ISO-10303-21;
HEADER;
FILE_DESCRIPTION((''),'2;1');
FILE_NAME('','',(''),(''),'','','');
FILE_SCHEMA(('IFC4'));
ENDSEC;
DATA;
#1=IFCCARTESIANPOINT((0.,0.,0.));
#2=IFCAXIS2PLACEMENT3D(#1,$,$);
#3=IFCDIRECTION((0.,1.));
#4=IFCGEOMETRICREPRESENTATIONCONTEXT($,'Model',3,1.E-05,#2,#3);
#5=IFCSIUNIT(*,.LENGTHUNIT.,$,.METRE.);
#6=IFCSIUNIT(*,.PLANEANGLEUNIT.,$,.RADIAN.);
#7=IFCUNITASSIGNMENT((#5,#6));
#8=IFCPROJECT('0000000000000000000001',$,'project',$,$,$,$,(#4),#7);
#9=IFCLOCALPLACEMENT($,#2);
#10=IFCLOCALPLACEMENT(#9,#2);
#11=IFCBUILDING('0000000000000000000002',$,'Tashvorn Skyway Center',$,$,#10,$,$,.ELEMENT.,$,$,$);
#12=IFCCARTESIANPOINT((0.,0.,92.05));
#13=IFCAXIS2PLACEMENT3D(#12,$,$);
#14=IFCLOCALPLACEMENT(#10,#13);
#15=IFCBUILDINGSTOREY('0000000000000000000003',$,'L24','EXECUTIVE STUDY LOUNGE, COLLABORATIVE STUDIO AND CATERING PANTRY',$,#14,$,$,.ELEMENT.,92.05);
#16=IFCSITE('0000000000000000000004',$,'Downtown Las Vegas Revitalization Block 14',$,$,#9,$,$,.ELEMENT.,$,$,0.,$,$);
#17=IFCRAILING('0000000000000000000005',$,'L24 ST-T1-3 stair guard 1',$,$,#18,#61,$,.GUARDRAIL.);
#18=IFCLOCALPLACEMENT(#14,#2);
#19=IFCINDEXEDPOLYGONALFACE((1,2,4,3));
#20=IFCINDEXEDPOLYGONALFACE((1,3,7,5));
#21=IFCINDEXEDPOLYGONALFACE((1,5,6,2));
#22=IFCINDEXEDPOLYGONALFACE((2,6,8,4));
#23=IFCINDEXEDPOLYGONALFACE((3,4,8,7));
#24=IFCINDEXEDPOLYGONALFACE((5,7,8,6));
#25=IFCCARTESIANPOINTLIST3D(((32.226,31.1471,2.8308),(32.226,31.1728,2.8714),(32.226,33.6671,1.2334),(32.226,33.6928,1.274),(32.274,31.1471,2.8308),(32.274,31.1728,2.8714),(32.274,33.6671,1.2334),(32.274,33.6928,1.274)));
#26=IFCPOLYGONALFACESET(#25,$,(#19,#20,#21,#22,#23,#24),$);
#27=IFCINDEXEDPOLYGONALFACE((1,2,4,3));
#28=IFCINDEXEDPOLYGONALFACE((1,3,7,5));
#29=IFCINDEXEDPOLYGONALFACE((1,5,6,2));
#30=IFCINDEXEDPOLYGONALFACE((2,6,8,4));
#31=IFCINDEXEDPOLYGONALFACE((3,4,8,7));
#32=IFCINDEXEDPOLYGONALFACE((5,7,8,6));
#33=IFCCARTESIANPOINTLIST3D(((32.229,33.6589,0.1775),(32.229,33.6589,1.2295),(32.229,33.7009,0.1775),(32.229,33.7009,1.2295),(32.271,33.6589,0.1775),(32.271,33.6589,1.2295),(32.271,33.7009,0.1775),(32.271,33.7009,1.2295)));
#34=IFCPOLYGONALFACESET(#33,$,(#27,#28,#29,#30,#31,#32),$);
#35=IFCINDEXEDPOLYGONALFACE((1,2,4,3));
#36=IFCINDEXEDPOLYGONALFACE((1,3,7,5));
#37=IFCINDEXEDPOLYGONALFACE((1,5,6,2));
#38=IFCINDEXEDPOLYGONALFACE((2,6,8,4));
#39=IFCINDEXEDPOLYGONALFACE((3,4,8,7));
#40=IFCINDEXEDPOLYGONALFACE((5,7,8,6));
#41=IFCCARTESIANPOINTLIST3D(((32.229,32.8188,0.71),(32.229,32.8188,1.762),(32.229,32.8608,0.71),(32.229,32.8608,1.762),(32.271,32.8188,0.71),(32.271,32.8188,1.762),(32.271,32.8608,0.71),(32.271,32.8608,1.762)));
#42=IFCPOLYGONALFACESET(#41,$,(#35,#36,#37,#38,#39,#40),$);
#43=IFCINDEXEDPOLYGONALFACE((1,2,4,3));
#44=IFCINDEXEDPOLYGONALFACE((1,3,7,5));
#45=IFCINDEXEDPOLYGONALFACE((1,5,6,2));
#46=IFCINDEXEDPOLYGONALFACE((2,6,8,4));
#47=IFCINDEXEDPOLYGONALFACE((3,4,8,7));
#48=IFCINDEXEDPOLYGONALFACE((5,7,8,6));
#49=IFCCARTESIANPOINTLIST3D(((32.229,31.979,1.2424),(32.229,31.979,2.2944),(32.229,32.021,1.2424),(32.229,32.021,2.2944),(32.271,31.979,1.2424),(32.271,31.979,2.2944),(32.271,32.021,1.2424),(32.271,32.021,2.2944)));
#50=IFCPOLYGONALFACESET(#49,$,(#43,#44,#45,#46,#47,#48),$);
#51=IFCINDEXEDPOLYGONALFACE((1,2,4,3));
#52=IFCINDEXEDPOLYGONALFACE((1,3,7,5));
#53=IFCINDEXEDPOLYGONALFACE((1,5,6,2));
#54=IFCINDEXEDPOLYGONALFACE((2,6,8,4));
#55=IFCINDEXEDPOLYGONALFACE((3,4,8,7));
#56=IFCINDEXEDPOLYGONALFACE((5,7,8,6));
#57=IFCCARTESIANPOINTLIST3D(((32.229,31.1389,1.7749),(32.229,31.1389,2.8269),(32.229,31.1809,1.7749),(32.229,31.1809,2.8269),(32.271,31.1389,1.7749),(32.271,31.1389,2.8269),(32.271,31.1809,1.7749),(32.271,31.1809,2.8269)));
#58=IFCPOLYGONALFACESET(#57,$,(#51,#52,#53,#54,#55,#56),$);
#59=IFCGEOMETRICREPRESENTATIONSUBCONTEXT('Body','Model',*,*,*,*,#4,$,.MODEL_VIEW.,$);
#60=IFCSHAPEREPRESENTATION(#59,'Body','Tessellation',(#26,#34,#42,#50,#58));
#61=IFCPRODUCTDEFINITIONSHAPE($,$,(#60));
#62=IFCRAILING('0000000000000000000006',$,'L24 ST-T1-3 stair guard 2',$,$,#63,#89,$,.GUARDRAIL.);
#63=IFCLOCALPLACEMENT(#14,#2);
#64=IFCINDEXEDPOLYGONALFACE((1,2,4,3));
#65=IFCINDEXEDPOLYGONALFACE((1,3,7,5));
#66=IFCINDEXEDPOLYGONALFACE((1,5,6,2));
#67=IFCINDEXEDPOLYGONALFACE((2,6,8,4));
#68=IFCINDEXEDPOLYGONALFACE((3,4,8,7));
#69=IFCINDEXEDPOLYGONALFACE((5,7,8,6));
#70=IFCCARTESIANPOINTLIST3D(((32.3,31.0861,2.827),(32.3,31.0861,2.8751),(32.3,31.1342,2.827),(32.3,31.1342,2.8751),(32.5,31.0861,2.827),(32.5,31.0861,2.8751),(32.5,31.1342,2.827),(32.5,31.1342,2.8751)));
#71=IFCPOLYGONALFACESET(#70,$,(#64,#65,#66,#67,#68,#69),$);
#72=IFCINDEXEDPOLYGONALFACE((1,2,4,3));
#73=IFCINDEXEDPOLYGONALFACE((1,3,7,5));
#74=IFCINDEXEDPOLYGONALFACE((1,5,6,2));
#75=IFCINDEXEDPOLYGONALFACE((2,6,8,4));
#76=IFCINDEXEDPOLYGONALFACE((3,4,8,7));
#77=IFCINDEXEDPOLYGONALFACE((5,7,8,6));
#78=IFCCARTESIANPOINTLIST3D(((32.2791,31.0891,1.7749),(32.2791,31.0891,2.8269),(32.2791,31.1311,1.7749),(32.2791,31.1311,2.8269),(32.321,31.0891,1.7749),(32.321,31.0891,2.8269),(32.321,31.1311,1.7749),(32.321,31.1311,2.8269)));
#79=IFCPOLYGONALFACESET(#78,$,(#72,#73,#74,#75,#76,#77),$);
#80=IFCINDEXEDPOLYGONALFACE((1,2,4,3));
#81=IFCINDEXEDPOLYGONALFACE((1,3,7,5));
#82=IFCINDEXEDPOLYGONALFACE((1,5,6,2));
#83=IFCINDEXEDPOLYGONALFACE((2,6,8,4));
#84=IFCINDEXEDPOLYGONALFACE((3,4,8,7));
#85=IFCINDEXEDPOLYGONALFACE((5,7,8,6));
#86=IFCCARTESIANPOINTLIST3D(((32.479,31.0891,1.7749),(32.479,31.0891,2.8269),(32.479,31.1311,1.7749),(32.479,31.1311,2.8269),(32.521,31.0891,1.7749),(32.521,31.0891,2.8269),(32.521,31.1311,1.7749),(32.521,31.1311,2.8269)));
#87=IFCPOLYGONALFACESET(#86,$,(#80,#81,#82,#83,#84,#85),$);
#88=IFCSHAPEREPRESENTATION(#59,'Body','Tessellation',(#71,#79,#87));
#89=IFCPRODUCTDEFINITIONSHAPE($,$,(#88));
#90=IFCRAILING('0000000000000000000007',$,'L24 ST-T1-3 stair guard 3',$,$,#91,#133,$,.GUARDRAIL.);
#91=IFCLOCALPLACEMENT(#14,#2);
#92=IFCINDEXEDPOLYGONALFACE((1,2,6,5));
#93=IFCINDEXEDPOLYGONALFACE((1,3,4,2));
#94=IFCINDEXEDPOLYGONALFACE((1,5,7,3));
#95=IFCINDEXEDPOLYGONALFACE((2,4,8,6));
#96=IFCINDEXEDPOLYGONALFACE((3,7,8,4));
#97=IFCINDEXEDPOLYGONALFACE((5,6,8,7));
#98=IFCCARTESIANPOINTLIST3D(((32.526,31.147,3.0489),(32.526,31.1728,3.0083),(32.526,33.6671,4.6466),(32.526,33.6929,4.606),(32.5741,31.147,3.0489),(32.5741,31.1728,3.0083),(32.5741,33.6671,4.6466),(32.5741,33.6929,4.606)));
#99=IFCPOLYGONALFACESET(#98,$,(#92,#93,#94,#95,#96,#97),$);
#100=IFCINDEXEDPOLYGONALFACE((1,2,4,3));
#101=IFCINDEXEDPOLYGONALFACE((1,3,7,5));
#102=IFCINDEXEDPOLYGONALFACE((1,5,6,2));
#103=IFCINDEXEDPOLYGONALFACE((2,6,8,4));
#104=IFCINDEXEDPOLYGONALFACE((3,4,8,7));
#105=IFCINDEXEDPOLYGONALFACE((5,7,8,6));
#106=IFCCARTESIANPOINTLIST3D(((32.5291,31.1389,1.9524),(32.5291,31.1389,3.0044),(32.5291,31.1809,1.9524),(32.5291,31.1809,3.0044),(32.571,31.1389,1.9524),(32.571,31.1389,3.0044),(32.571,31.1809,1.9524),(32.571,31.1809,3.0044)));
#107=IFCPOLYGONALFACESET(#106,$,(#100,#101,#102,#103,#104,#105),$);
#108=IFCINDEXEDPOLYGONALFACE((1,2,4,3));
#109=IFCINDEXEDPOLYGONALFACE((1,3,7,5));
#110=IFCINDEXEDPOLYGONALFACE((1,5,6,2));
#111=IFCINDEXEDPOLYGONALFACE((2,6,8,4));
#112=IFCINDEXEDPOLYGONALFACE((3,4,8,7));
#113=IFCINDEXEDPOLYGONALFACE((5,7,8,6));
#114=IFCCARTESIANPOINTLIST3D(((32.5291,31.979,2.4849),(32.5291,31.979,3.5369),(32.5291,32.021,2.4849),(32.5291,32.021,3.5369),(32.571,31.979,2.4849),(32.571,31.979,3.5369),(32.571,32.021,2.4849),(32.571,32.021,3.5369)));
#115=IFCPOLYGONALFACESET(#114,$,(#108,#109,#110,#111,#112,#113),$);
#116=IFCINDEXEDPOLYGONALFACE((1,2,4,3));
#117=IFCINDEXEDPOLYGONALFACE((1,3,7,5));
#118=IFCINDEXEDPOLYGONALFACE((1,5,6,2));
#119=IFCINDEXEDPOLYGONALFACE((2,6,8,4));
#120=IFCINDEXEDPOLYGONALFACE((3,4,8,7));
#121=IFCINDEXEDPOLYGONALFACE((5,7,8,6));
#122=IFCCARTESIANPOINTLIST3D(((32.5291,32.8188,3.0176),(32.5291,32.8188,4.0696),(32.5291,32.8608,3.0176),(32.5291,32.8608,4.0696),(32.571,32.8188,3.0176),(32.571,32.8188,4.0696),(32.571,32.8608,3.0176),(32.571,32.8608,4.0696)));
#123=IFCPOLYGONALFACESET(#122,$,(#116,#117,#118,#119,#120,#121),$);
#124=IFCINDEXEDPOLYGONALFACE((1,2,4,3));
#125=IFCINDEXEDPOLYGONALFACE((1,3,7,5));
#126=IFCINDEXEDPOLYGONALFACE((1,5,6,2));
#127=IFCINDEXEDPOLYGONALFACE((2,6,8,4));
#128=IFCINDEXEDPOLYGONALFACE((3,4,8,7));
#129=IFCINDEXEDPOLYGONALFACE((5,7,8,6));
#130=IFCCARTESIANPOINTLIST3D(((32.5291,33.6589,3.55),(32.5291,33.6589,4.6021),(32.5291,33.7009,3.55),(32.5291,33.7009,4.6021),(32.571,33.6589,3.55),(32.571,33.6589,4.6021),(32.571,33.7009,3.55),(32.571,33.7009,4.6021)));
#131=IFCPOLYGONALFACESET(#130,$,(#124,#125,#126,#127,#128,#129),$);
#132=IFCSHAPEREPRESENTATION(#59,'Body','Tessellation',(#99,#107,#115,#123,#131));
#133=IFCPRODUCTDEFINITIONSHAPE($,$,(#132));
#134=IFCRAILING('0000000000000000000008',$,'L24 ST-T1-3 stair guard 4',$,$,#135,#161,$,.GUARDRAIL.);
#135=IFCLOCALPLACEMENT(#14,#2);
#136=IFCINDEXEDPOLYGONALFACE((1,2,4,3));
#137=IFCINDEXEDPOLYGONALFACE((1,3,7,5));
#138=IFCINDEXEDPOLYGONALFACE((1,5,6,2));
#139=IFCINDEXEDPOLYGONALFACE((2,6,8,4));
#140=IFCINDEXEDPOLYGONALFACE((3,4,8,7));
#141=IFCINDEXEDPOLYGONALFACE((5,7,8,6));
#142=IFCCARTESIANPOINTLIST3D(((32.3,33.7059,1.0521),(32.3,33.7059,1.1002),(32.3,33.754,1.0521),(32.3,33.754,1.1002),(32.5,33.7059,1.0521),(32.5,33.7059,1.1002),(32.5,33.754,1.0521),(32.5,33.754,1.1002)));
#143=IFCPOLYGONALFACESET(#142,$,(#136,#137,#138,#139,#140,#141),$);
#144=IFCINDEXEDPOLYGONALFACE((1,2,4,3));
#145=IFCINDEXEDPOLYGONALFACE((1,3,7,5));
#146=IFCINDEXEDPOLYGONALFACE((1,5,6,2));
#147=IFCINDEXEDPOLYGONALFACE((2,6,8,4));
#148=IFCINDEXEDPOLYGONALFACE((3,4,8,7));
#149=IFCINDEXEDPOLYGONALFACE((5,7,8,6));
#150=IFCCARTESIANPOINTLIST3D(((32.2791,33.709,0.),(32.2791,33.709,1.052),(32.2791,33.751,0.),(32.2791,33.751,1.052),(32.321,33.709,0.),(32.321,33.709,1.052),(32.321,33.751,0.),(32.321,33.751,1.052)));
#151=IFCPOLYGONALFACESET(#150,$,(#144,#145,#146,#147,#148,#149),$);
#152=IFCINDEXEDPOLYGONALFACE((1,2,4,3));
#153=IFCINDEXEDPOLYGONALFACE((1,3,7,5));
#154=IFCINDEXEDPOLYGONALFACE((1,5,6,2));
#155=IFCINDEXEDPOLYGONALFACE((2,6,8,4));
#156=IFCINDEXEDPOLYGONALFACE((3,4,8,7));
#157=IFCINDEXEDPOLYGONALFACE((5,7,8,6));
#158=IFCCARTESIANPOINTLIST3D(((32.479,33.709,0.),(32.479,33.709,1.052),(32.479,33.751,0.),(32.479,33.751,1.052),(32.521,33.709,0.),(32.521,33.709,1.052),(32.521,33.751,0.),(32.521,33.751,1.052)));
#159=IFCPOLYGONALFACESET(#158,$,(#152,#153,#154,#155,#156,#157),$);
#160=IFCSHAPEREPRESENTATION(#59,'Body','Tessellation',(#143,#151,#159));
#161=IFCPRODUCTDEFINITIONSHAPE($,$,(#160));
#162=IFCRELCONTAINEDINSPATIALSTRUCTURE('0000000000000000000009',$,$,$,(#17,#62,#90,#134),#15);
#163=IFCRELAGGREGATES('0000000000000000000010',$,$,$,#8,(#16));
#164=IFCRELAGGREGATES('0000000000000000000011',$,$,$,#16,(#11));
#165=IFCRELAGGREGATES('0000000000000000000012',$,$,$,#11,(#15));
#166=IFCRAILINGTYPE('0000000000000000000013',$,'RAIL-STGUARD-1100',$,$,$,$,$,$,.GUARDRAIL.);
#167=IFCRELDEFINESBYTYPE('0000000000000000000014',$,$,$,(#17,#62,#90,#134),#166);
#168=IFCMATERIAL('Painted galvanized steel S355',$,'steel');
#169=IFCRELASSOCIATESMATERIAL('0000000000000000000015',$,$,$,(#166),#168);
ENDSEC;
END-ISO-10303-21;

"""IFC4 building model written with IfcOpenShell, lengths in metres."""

from ifc_helpers import new_model, si_unit, direction, frame, origin, origin_2d, place, context, subcontext, project, spatial, rectangle, extrude, material, type_object, element, save


model = new_model("IFC4")

# Units and contexts
model_context = context("Model", 3, precision=1e-05, world=origin(), true_north=direction((0.0, 1.0)))
body_context = subcontext(model_context, "Body", "Model", "MODEL_VIEW")
ifc_project = project(units=[si_unit("LENGTHUNIT", "METRE"), si_unit("PLANEANGLEUNIT", "RADIAN")], contexts=[model_context])

# Site, building, storey
site_placement = place(None, origin())
site = spatial("IfcSite", under=ifc_project, at=site_placement, Name="Downtown Las Vegas Revitalization Block 14", CompositionType="ELEMENT", RefElevation=0.0)
building_placement = place(site_placement, origin())
building = spatial("IfcBuilding", under=site, at=building_placement, Name="Tashvorn Skyway Center", CompositionType="ELEMENT")
storey_placement = place(building_placement, frame((0.0, 0.0, 92.05)))
storey = spatial("IfcBuildingStorey", under=building, at=storey_placement, Name="L24", Description="EXECUTIVE STUDY LOUNGE, COLLABORATIVE STUDIO AND CATERING PANTRY", CompositionType="ELEMENT", Elevation=92.05)

# Railings
ifc_material_1 = material(Name="Painted galvanized steel S355", Category="steel")
railing_type_1 = type_object("IfcRailingType", Name="RAIL-STGUARD-1100", PredefinedType="GUARDRAIL", material=ifc_material_1)
railing_1_placement = place(storey_placement, frame((32.25, 33.6799, 0.1775)))
element("IfcRailing", 1, at=railing_1_placement, inside=storey, type_object=railing_type_1, Name="L24 ST-T1-3 stair guard 1", PredefinedType="GUARDRAIL", context=body_context, shape_type="SweptSolid", body=[
    extrude(rectangle(XDim=0.0481, YDim=0.0481, at=origin_2d()), frame((0.0, 0.0, 1.0762), z_axis=(0.0, -0.844607, 0.535387), x_axis=(1.0, 0.0, 0.0)), (0.0, 0.0, 1.0), 2.9836),
    extrude(rectangle(XDim=0.042, YDim=0.042, at=origin_2d()), origin(), (0.0, 0.0, 1.0), 1.052),
    extrude(rectangle(XDim=0.042, YDim=0.042, at=origin_2d()), frame((0.0, -0.8401, 0.5325)), (0.0, 0.0, 1.0), 1.052),
    extrude(rectangle(XDim=0.042, YDim=0.042, at=origin_2d()), frame((0.0, -1.6799, 1.0649)), (0.0, 0.0, 1.0), 1.052),
    extrude(rectangle(XDim=0.042, YDim=0.042, at=origin_2d()), frame((0.0, -2.52, 1.5974)), (0.0, 0.0, 1.0), 1.052),
])
railing_2_placement = place(storey_placement, frame((32.3, 31.1101, 1.7749)))
element("IfcRailing", 2, at=railing_2_placement, inside=storey, type_object=railing_type_1, Name="L24 ST-T1-3 stair guard 2", PredefinedType="GUARDRAIL", context=body_context, shape_type="SweptSolid", body=[
    extrude(rectangle(XDim=0.0481, YDim=0.0481, at=origin_2d()), frame((0.0, 0.0, 1.0762), z_axis=(1.0, 0.0, 0.0), x_axis=(0.0, 1.0, 0.0)), (0.0, 0.0, 1.0), 0.2),
    extrude(rectangle(XDim=0.042, YDim=0.042, at=origin_2d()), origin(), (0.0, 0.0, 1.0), 1.052),
    extrude(rectangle(XDim=0.042, YDim=0.042, at=origin_2d()), frame((0.2, 0.0, 0.0)), (0.0, 0.0, 1.0), 1.052),
])
railing_3_placement = place(storey_placement, frame((32.55, 31.1599, 1.9524)))
element("IfcRailing", 3, at=railing_3_placement, inside=storey, type_object=railing_type_1, Name="L24 ST-T1-3 stair guard 3", PredefinedType="GUARDRAIL", context=body_context, shape_type="SweptSolid", body=[
    extrude(rectangle(XDim=0.0481, YDim=0.0481, at=origin_2d()), frame((0.0, 0.0, 1.0762), z_axis=(0.0, 0.84457, 0.535445), x_axis=(-1.0, 0.0, 0.0)), (0.0, 0.0, 1.0), 2.9839),
    extrude(rectangle(XDim=0.042, YDim=0.042, at=origin_2d()), origin(), (0.0, 0.0, 1.0), 1.052),
    extrude(rectangle(XDim=0.042, YDim=0.042, at=origin_2d()), frame((0.0, 0.8401, 0.5325)), (0.0, 0.0, 1.0), 1.052),
    extrude(rectangle(XDim=0.042, YDim=0.042, at=origin_2d()), frame((0.0, 1.6799, 1.0652)), (0.0, 0.0, 1.0), 1.052),
    extrude(rectangle(XDim=0.042, YDim=0.042, at=origin_2d()), frame((0.0, 2.52, 1.5977)), (0.0, 0.0, 1.0), 1.052),
])
railing_4_placement = place(storey_placement, frame((32.3, 33.73, 0.0)))
element("IfcRailing", 4, at=railing_4_placement, inside=storey, type_object=railing_type_1, Name="L24 ST-T1-3 stair guard 4", PredefinedType="GUARDRAIL", context=body_context, shape_type="SweptSolid", body=[
    extrude(rectangle(XDim=0.0481, YDim=0.0481, at=origin_2d()), frame((0.0, 0.0, 1.0762), z_axis=(1.0, 0.0, 0.0), x_axis=(0.0, 1.0, 0.0)), (0.0, 0.0, 1.0), 0.2),
    extrude(rectangle(XDim=0.042, YDim=0.042, at=origin_2d()), origin(), (0.0, 0.0, 1.0), 1.052),
    extrude(rectangle(XDim=0.042, YDim=0.042, at=origin_2d()), frame((0.2, 0.0, 0.0)), (0.0, 0.0, 1.0), 1.052),
])

save(model, "model.ifc")
